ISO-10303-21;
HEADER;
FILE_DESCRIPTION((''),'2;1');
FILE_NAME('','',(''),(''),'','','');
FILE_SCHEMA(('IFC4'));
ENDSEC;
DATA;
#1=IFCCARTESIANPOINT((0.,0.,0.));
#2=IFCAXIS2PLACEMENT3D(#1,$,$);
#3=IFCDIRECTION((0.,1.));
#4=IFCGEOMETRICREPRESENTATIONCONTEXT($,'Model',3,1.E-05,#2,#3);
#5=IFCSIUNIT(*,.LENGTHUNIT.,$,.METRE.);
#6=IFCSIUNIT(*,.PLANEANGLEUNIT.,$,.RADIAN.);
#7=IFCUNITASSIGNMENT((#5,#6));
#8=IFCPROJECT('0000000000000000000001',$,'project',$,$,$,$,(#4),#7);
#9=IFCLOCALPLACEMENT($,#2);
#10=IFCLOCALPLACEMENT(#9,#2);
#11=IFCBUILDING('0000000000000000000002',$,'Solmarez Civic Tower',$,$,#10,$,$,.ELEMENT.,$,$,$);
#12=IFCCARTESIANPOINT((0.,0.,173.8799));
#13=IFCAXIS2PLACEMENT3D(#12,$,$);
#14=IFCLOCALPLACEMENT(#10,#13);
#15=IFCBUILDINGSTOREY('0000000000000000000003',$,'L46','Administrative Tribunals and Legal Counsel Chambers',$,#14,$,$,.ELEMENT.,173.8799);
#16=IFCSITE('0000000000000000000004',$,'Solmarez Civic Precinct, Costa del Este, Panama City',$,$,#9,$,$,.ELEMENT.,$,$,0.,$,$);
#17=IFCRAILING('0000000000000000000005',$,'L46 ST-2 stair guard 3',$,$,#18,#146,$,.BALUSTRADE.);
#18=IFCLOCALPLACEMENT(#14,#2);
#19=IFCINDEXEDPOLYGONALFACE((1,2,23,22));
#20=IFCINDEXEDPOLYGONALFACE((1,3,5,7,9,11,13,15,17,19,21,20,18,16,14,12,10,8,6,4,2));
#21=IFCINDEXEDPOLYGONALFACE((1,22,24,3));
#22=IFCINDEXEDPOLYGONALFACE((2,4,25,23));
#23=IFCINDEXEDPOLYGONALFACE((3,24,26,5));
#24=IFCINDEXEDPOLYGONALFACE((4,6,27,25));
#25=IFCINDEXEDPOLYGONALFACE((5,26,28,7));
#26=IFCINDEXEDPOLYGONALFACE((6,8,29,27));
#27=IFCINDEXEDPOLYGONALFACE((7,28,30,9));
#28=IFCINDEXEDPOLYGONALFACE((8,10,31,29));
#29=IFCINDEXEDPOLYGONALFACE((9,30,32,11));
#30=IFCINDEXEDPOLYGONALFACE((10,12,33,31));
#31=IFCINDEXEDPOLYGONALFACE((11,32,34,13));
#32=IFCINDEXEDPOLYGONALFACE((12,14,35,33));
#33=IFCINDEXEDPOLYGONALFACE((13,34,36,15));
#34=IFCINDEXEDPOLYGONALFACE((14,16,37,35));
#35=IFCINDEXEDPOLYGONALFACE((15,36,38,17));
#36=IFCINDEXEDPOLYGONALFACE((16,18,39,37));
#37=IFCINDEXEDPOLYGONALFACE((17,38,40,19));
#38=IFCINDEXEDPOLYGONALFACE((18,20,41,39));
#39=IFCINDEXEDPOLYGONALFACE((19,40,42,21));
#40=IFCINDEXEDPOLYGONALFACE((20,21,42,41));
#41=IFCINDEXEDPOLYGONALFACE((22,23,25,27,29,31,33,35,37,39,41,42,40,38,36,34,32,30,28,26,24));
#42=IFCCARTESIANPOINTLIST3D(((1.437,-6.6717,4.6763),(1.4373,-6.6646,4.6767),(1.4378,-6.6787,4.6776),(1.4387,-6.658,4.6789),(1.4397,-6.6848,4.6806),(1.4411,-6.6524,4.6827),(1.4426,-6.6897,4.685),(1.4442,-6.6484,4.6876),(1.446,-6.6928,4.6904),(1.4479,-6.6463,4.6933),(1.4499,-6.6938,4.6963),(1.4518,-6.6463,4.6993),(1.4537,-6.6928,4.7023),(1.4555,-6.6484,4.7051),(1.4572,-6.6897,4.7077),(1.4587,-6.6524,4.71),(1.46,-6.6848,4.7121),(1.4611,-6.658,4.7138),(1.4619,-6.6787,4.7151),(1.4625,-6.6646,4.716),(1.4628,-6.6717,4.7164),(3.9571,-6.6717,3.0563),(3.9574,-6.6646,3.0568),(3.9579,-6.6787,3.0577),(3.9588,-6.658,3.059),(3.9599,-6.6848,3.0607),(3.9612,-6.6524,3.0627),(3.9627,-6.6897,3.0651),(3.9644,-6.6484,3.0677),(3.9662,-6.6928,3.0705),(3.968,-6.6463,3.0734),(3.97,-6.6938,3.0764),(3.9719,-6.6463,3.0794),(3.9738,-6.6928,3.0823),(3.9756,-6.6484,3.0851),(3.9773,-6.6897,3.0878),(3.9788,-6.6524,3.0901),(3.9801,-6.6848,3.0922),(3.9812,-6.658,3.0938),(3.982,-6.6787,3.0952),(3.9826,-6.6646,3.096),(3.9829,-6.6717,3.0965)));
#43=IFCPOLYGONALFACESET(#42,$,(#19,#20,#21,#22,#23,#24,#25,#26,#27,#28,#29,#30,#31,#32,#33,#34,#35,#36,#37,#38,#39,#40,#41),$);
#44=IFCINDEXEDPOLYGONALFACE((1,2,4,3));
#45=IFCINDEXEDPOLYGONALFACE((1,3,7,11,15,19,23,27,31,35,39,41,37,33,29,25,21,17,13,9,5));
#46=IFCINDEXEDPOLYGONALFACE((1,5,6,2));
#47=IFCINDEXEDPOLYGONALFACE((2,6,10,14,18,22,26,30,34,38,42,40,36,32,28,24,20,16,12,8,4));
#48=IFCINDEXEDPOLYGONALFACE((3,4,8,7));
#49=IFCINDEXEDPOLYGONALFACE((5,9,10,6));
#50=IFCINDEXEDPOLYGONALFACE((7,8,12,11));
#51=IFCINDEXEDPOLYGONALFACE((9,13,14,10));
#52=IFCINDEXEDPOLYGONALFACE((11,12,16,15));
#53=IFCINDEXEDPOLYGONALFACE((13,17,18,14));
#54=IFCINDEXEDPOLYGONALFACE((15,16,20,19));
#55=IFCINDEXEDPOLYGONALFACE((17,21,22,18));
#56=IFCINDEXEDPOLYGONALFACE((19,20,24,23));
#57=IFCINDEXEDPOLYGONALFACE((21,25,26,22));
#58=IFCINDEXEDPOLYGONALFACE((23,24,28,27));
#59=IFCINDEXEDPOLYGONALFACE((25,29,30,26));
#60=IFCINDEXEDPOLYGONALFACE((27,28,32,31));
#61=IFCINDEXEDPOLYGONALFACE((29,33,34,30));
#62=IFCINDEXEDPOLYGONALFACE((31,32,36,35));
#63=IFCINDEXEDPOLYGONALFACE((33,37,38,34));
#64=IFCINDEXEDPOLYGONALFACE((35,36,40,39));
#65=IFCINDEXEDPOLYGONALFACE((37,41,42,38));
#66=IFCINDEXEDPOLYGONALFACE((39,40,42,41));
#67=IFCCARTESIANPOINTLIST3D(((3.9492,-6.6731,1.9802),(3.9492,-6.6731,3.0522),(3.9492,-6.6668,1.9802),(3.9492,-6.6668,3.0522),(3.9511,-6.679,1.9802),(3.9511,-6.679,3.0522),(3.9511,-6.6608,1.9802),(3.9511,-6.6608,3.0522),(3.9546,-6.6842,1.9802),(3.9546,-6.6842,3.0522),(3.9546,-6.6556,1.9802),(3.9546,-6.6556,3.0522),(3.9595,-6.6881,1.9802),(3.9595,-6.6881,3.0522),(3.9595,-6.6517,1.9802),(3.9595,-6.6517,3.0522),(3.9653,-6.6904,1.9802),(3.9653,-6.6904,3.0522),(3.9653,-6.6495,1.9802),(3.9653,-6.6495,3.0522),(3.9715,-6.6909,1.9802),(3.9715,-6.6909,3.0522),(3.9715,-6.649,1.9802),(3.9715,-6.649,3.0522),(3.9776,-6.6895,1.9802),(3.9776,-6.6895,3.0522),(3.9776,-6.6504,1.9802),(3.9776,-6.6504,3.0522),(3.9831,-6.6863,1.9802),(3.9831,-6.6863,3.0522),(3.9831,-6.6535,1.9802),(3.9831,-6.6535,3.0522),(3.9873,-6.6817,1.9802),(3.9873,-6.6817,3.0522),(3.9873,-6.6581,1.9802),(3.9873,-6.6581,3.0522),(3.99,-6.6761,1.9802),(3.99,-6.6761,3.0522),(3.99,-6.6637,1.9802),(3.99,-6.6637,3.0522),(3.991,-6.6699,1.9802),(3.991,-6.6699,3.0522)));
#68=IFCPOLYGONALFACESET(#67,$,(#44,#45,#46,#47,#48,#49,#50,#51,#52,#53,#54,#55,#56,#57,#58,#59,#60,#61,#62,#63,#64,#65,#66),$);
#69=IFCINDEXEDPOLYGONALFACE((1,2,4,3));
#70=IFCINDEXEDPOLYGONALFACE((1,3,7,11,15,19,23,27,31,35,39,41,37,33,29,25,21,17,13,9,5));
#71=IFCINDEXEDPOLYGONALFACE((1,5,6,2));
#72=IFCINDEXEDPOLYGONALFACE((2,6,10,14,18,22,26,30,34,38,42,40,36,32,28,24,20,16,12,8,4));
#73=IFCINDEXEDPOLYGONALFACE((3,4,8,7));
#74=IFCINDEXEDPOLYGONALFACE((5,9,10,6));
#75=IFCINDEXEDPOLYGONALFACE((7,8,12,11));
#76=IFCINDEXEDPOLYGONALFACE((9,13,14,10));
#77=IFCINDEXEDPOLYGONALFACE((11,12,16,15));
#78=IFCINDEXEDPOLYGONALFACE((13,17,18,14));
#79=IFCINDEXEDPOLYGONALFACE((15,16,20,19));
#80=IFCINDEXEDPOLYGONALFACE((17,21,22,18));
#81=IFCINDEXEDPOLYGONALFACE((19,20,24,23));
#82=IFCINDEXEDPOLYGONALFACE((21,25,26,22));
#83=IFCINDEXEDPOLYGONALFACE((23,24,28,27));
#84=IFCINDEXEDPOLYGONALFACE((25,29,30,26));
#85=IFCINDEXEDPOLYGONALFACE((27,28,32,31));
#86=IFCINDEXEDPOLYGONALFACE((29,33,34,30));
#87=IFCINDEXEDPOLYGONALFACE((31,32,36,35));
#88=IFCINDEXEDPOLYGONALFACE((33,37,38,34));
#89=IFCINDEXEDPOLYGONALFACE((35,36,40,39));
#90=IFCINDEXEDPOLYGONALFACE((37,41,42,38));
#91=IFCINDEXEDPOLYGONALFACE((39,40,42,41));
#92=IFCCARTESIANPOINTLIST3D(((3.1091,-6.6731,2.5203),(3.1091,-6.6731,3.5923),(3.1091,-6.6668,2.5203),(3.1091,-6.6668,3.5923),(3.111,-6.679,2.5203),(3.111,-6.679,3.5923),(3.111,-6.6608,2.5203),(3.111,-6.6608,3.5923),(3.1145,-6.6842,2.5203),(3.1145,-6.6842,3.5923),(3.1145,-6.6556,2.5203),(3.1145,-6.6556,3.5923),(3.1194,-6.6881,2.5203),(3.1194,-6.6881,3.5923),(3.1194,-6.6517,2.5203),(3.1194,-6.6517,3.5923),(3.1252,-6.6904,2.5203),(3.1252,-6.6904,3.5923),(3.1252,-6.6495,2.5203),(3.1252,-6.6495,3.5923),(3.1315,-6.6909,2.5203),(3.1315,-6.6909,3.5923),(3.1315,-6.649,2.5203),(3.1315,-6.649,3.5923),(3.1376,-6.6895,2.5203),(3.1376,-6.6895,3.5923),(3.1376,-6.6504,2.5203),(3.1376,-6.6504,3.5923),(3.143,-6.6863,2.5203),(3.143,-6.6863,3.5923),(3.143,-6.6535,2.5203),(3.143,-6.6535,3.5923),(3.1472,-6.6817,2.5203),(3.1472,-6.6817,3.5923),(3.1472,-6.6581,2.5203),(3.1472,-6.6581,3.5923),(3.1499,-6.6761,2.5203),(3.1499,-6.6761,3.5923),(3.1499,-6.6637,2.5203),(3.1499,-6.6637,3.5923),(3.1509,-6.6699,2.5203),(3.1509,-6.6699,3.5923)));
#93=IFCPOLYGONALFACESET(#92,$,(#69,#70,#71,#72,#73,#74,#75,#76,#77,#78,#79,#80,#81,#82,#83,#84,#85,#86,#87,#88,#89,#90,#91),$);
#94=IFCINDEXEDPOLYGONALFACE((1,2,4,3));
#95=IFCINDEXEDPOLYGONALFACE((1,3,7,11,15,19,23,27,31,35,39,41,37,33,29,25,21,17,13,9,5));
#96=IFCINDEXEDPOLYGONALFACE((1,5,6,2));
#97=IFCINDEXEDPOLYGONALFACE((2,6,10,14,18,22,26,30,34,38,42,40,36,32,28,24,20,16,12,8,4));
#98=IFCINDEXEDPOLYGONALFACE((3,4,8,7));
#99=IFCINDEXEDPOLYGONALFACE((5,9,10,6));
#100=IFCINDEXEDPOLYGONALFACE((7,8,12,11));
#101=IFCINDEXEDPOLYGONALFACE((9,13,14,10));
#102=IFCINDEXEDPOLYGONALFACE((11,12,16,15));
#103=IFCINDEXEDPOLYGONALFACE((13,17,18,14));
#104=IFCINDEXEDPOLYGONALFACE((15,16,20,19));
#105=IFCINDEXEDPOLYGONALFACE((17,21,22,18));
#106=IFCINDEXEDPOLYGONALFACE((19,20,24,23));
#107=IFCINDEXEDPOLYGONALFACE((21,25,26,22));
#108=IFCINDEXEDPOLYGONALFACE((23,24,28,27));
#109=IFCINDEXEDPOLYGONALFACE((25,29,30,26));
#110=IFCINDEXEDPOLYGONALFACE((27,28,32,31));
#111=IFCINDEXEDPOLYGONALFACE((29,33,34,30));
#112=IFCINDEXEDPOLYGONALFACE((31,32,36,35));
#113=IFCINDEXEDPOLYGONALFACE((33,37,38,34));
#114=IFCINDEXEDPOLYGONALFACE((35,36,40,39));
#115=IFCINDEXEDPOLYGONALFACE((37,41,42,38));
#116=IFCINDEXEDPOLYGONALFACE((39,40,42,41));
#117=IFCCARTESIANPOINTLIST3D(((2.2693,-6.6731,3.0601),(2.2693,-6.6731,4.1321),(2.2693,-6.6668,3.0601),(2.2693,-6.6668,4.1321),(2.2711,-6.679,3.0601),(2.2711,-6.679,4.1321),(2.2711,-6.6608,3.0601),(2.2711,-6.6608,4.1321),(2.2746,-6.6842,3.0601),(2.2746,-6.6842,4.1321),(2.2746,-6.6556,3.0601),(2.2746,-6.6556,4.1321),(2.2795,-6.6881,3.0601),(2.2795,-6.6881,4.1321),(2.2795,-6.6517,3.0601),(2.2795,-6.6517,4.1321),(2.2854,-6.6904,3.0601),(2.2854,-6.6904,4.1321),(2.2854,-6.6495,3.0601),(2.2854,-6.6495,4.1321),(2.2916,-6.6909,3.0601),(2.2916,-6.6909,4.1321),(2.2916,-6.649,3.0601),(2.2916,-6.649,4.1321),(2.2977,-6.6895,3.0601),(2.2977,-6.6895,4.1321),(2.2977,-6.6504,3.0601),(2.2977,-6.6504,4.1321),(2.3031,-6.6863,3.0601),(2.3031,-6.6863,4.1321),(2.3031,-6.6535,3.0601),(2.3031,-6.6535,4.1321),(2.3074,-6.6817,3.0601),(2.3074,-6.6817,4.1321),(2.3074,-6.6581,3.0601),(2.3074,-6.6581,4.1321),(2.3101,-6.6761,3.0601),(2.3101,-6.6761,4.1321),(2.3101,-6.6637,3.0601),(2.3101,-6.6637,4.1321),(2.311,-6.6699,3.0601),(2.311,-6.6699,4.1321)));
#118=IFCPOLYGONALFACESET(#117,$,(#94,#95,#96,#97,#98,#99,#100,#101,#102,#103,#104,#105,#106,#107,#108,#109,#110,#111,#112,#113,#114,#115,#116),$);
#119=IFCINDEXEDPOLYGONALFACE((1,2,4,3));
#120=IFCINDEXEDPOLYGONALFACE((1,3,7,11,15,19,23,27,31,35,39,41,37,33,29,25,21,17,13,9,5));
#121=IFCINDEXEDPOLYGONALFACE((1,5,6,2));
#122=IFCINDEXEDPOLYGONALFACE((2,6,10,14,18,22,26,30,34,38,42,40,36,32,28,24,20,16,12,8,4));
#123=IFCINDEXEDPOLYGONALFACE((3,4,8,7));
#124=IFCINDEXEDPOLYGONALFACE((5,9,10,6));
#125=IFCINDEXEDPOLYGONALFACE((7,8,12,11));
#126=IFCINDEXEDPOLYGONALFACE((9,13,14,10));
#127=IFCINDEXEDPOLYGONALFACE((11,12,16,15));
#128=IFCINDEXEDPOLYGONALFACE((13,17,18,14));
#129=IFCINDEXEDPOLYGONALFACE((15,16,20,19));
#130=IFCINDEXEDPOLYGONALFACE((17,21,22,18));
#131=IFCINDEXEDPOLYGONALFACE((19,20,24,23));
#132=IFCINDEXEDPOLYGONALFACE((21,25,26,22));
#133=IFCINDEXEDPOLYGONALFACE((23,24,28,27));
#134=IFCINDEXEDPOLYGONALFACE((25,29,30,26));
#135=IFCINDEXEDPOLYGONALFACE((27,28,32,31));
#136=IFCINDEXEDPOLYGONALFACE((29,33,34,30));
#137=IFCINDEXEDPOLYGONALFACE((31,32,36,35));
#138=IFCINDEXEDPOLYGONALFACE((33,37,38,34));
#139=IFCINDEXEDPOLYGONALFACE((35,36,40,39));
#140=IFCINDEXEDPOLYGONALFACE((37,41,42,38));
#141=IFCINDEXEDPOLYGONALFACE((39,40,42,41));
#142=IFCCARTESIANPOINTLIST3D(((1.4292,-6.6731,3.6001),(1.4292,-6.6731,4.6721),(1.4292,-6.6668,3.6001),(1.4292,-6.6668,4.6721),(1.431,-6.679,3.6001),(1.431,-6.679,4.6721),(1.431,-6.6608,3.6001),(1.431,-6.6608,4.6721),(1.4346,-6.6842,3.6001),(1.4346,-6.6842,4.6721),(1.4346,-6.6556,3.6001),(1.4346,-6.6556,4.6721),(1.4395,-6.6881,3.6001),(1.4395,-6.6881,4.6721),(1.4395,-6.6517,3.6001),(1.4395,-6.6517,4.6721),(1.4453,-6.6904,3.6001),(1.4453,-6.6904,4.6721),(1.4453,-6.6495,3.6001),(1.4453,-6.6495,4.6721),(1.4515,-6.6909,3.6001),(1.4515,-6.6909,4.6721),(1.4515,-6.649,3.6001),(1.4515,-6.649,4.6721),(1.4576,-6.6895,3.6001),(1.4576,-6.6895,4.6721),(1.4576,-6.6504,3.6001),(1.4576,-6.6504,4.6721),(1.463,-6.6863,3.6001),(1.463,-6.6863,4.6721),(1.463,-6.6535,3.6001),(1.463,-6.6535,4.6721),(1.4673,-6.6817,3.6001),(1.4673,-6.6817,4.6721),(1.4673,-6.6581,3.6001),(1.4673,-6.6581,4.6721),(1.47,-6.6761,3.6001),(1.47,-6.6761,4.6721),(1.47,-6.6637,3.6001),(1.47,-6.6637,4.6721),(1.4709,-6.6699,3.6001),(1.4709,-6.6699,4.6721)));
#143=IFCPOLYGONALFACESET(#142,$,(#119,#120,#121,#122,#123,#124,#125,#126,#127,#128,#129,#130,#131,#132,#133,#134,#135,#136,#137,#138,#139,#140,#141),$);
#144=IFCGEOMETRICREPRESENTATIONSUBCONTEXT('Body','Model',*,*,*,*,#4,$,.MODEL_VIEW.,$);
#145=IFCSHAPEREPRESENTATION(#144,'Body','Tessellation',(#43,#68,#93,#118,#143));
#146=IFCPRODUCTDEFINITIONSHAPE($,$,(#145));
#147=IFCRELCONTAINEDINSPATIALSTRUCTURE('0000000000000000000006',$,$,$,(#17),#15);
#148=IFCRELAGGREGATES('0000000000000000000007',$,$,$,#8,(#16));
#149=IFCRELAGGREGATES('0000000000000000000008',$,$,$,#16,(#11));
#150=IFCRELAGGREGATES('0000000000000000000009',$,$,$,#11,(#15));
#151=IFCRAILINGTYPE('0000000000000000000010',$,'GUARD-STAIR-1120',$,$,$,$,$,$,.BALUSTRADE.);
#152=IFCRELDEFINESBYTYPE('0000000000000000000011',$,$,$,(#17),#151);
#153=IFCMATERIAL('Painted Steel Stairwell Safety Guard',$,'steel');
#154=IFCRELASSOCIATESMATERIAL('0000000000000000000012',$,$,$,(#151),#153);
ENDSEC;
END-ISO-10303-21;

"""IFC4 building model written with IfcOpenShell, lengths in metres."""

from ifc_helpers import new_model, si_unit, direction, frame, origin, origin_2d, place, context, subcontext, project, spatial, circle, extrude, material, type_object, element, save


model = new_model("IFC4")

# Units and contexts
model_context = context("Model", 3, precision=1e-05, world=origin(), true_north=direction((0.0, 1.0)))
body_context = subcontext(model_context, "Body", "Model", "MODEL_VIEW")
ifc_project = project(units=[si_unit("LENGTHUNIT", "METRE"), si_unit("PLANEANGLEUNIT", "RADIAN")], contexts=[model_context])

# Site, building, storey
site_placement = place(None, origin())
site = spatial("IfcSite", under=ifc_project, at=site_placement, Name="Solmarez Civic Precinct, Costa del Este, Panama City", CompositionType="ELEMENT", RefElevation=0.0)
building_placement = place(site_placement, origin())
building = spatial("IfcBuilding", under=site, at=building_placement, Name="Solmarez Civic Tower", CompositionType="ELEMENT")
storey_placement = place(building_placement, frame((0.0, 0.0, 173.8799)))
storey = spatial("IfcBuildingStorey", under=building, at=storey_placement, Name="L46", Description="Administrative Tribunals and Legal Counsel Chambers", CompositionType="ELEMENT", Elevation=173.8799)

# Railing
ifc_material_1 = material(Name="Painted Steel Stairwell Safety Guard", Category="steel")
railing_type_1 = type_object("IfcRailingType", Name="GUARD-STAIR-1120", PredefinedType="BALUSTRADE", material=ifc_material_1)
railing_1_placement = place(storey_placement, frame((3.97, -6.6699, 1.9802)))
element("IfcRailing", 1, at=railing_1_placement, inside=storey, type_object=railing_type_1, Name="L46 ST-2 stair guard 3", PredefinedType="BALUSTRADE", context=body_context, shape_type="SweptSolid", body=[
    extrude(circle(Radius=0.0239, at=origin_2d()), frame((0.0, 0.0, 1.0962), z_axis=(-0.8412, 0.0, 0.540725), x_axis=(0.0, -1.0, 0.0)), (0.0, 0.0, 1.0), 2.9958),
    extrude(circle(Radius=0.021, at=origin_2d()), origin(), (0.0, 0.0, 1.0), 1.072),
    extrude(circle(Radius=0.021, at=origin_2d()), frame((-0.8401, 0.0, 0.54)), (0.0, 0.0, 1.0), 1.072),
    extrude(circle(Radius=0.021, at=origin_2d()), frame((-1.6799, 0.0, 1.0798)), (0.0, 0.0, 1.0), 1.072),
    extrude(circle(Radius=0.021, at=origin_2d()), frame((-2.52, 0.0, 1.6199)), (0.0, 0.0, 1.0), 1.072),
])

save(model, "model.ifc")
